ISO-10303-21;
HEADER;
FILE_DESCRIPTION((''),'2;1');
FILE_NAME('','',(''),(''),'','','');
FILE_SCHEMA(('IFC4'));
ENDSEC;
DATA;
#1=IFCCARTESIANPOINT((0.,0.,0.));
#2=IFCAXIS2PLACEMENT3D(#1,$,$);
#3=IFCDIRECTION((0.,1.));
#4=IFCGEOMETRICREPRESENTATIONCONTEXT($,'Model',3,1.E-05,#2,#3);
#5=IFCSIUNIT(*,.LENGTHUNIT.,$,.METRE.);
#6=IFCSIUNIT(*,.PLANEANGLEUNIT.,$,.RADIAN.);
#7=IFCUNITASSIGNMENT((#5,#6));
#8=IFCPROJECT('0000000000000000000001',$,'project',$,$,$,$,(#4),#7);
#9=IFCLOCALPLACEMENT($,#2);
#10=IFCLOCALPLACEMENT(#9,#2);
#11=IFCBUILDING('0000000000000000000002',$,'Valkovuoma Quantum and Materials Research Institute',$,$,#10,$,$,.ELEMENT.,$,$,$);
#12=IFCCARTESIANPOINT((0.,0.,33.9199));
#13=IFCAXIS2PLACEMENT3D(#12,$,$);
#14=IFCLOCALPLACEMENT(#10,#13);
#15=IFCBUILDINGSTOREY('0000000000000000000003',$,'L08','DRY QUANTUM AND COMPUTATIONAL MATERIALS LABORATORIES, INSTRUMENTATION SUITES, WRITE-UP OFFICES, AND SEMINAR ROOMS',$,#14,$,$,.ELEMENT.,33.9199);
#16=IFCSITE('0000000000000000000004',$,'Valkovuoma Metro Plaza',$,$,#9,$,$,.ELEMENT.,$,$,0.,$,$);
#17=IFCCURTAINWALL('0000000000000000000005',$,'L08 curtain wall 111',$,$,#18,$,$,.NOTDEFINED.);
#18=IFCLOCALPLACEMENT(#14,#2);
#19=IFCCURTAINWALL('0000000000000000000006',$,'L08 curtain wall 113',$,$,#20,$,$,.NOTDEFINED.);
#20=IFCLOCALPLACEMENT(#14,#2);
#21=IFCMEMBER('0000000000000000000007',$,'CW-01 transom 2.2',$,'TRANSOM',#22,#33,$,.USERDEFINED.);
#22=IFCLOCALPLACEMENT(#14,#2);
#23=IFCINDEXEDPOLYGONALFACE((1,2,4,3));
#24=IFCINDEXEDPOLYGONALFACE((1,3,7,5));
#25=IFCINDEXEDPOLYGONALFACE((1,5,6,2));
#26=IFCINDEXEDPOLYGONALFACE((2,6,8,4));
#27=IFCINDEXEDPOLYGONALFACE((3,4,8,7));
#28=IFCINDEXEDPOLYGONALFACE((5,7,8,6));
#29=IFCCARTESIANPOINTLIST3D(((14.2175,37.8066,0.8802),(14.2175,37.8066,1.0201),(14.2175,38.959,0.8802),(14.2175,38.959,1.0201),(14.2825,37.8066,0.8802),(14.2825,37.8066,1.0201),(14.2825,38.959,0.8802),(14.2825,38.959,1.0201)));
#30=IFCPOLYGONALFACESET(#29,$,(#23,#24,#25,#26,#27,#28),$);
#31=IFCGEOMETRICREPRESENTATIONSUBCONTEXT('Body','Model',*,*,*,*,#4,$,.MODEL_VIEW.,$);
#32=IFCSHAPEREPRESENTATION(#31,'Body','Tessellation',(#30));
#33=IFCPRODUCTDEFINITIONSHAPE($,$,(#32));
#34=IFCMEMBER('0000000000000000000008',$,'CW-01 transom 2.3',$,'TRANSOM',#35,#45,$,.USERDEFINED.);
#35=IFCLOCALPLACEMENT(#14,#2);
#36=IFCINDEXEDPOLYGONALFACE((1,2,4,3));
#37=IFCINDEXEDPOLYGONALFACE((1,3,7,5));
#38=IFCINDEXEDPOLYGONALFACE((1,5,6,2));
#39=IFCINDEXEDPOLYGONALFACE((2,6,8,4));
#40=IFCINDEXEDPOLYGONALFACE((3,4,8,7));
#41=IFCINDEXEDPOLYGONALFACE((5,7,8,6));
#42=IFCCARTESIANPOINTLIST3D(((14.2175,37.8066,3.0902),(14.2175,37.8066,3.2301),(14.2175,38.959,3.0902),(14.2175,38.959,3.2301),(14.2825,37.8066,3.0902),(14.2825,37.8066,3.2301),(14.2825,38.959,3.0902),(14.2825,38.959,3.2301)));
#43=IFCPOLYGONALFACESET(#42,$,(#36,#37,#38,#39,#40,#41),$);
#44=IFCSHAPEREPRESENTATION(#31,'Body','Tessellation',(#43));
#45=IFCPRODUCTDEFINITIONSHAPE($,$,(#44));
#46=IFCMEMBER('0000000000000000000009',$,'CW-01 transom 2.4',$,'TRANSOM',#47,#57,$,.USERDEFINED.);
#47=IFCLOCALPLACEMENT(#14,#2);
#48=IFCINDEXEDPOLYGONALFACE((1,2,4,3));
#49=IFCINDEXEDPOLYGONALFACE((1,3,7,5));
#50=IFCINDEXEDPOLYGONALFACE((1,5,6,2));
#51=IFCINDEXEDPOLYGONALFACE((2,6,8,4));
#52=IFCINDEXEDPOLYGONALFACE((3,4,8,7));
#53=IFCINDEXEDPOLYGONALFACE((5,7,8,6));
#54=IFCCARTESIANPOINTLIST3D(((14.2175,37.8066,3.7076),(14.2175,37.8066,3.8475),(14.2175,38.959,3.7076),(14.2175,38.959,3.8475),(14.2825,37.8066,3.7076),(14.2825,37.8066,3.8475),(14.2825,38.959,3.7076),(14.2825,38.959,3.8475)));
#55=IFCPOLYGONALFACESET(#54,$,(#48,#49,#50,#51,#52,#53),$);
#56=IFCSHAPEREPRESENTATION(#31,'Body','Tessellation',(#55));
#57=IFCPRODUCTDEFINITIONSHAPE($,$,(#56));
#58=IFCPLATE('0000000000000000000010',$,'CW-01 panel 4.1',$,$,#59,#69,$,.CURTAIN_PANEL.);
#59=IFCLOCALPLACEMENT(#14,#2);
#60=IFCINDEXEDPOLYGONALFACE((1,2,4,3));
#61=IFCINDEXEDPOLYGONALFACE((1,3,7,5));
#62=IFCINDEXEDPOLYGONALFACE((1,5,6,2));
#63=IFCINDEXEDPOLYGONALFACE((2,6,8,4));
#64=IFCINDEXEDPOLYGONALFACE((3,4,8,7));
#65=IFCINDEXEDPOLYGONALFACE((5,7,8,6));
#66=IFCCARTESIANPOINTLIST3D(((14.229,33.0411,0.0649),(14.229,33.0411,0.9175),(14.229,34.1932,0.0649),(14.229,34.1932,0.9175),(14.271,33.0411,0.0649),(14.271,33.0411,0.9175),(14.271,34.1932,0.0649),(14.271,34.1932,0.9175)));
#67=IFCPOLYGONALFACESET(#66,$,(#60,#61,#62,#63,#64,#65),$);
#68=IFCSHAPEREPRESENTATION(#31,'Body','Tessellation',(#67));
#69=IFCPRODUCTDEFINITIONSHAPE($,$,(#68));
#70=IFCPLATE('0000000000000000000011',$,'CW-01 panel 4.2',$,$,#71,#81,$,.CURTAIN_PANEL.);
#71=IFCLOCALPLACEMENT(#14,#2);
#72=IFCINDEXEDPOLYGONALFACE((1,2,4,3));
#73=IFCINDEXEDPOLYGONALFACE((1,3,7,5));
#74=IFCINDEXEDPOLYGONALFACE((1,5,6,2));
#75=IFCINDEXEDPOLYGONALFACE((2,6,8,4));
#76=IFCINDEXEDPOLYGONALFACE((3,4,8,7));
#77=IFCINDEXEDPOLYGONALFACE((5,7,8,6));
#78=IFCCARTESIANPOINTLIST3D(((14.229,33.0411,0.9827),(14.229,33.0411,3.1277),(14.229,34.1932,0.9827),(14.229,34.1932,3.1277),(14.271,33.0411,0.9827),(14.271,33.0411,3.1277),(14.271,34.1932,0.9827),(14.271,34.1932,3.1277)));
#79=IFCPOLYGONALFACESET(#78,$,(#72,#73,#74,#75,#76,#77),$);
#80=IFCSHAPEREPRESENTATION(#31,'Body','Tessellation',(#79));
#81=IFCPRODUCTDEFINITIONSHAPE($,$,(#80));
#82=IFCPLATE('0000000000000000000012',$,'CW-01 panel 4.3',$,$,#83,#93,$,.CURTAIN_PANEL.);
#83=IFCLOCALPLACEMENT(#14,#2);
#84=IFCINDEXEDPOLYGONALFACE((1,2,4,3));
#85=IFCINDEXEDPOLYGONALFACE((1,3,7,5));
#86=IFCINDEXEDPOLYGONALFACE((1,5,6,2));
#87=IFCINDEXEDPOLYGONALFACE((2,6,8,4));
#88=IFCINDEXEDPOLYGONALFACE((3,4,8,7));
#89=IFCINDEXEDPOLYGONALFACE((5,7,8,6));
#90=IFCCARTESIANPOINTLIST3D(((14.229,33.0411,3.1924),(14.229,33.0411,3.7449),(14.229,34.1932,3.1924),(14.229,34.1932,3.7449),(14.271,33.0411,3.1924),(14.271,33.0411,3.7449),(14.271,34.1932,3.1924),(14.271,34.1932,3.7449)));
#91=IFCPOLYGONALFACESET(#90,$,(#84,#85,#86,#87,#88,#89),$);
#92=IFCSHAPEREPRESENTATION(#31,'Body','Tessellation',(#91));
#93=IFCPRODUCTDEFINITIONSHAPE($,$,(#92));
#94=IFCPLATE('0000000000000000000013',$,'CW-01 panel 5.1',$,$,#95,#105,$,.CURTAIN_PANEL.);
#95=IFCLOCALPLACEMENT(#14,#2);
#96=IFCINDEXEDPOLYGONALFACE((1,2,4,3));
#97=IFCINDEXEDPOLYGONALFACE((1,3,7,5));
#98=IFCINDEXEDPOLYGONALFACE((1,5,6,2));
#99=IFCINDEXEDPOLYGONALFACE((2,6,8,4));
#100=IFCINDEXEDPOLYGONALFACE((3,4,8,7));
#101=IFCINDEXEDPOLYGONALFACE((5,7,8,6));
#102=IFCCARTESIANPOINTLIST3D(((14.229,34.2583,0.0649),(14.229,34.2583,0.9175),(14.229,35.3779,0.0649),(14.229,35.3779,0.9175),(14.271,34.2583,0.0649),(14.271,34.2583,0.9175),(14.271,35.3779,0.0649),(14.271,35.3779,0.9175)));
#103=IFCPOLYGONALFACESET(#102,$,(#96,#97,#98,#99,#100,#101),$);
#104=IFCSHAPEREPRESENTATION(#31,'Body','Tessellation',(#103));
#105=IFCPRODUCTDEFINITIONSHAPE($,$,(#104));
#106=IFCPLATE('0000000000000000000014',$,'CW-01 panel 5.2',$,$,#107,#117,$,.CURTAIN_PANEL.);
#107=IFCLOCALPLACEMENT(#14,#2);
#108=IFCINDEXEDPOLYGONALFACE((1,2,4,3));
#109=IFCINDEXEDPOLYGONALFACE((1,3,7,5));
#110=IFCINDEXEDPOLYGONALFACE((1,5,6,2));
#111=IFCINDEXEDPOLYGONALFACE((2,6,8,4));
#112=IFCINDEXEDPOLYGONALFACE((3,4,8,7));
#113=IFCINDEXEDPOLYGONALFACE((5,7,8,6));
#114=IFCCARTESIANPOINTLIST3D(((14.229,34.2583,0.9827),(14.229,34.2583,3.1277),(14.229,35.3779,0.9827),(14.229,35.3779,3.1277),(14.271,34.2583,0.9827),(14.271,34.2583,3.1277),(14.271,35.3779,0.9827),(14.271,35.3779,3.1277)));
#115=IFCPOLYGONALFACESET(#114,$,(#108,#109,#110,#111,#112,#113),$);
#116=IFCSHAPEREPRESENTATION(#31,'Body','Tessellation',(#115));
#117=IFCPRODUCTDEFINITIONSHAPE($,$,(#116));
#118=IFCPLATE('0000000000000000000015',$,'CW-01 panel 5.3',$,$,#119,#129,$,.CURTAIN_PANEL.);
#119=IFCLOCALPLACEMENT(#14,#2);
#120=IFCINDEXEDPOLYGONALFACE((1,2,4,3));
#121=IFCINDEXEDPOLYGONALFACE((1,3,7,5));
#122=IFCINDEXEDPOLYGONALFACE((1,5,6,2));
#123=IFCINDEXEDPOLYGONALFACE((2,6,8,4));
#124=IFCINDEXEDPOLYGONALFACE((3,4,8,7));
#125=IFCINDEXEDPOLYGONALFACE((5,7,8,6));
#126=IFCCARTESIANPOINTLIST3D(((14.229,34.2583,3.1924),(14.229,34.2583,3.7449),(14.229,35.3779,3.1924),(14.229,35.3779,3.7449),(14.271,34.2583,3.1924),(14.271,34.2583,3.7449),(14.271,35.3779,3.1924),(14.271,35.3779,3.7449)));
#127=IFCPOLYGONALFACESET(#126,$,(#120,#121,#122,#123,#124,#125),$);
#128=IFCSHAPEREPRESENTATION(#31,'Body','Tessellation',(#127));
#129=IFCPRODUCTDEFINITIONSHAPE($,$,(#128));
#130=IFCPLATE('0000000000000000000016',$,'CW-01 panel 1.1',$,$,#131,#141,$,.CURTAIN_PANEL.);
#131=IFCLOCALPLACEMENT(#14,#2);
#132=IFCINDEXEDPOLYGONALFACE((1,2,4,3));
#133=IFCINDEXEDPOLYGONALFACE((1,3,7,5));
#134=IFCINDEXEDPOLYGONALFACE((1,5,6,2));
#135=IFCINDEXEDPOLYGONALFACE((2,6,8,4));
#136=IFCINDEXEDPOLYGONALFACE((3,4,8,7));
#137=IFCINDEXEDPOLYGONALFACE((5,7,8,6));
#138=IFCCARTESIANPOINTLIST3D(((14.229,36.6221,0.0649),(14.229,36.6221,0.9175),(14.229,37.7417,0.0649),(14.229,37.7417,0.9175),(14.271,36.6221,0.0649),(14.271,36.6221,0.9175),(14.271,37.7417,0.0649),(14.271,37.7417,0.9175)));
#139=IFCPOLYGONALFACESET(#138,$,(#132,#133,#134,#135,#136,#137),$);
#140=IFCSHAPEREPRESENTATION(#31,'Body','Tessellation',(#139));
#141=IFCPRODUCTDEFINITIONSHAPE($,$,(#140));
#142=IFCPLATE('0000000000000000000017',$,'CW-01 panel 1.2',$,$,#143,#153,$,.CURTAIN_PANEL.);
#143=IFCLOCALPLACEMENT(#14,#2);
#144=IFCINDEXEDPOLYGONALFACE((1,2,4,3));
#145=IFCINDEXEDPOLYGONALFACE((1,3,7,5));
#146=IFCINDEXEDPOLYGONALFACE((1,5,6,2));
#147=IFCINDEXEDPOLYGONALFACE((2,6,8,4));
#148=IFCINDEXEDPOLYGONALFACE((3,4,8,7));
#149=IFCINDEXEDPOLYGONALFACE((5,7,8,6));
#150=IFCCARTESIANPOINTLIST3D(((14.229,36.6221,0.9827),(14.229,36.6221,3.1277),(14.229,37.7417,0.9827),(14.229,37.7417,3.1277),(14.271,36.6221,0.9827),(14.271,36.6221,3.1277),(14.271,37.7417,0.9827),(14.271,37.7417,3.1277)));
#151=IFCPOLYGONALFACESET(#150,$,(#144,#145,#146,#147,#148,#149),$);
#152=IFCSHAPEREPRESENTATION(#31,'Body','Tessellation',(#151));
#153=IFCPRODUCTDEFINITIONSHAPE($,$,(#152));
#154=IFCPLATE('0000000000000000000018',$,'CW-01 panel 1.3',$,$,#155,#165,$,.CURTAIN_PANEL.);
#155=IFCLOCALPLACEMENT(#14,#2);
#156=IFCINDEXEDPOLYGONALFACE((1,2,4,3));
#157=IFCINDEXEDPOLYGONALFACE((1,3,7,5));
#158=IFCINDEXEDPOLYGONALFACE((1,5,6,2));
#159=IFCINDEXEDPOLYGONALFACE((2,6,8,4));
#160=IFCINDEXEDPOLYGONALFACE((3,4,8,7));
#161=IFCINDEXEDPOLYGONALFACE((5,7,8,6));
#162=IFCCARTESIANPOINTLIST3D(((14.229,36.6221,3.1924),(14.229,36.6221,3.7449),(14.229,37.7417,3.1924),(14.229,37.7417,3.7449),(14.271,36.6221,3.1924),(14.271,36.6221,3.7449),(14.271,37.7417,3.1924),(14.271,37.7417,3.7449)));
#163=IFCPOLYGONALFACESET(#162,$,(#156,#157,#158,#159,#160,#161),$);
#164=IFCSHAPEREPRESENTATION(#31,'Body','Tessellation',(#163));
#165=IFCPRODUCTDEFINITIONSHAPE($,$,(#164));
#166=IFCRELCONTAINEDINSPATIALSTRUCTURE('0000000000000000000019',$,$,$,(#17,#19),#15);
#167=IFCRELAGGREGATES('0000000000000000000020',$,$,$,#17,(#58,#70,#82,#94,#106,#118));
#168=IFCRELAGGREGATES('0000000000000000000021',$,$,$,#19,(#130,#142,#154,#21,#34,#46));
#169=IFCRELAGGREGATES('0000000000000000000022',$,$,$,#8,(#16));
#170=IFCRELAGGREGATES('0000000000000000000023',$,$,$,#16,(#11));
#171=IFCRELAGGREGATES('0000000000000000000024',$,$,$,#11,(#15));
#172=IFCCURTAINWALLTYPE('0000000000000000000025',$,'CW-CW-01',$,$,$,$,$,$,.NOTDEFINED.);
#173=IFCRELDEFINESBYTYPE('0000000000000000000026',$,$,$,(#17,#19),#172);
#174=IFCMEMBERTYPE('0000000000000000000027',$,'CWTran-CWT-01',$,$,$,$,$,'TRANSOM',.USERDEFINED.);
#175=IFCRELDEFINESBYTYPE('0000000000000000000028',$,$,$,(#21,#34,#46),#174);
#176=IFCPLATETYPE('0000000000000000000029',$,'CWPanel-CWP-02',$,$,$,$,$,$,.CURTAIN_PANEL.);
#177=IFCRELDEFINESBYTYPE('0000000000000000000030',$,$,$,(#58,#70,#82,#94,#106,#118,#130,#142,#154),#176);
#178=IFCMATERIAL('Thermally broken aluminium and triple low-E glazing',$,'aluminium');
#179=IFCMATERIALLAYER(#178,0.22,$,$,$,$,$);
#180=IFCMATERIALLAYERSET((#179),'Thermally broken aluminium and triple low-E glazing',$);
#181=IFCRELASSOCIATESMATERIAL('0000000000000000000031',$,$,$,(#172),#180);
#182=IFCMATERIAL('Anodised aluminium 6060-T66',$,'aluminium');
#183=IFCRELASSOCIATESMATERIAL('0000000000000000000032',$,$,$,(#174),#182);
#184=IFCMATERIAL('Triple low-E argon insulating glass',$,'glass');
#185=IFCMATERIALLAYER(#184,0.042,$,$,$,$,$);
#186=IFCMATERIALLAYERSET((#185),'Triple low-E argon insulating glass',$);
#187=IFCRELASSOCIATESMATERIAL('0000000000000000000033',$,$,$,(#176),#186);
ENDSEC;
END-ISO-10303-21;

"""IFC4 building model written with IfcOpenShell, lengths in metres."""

from ifc_helpers import new_model, si_unit, direction, frame, origin, origin_2d, place, context, subcontext, project, spatial, rectangle, extrude, material, layer, layer_set, material_profile, profile_set, type_object, element, aggregate, save


model = new_model("IFC4")

# Units and contexts
model_context = context("Model", 3, precision=1e-05, world=origin(), true_north=direction((0.0, 1.0)))
body_context = subcontext(model_context, "Body", "Model", "MODEL_VIEW")
ifc_project = project(units=[si_unit("LENGTHUNIT", "METRE"), si_unit("PLANEANGLEUNIT", "RADIAN")], contexts=[model_context])

# Site, building, storey
site_placement = place(None, origin())
site = spatial("IfcSite", under=ifc_project, at=site_placement, Name="Valkovuoma Metro Plaza", CompositionType="ELEMENT", RefElevation=0.0)
building_placement = place(site_placement, origin())
building = spatial("IfcBuilding", under=site, at=building_placement, Name="Valkovuoma Quantum and Materials Research Institute", CompositionType="ELEMENT")
storey_placement = place(building_placement, frame((0.0, 0.0, 33.9199)))
storey = spatial("IfcBuildingStorey", under=building, at=storey_placement, Name="L08", Description="DRY QUANTUM AND COMPUTATIONAL MATERIALS LABORATORIES, INSTRUMENTATION SUITES, WRITE-UP OFFICES, AND SEMINAR ROOMS", CompositionType="ELEMENT", Elevation=33.9199)

# Curtain walls
ifc_material_1 = material(Name="Thermally broken aluminium and triple low-E glazing", Category="aluminium")
ifc_layer_1 = layer(ifc_material_1, 0.22)
ifc_layer_set_1 = layer_set([ifc_layer_1], Name="Thermally broken aluminium and triple low-E glazing")
curtain_wall_type = type_object("IfcCurtainWallType", Name="CW-CW-01", PredefinedType="NOTDEFINED", material=ifc_layer_set_1)
curtain_wall_1_placement = place(storey_placement, origin())
curtain_wall_1 = element("IfcCurtainWall", 1, at=curtain_wall_1_placement, inside=storey, type_object=curtain_wall_type, Name="L08 curtain wall 111", PredefinedType="NOTDEFINED")
curtain_wall_2_placement = place(storey_placement, origin())
curtain_wall_2 = element("IfcCurtainWall", 2, at=curtain_wall_2_placement, inside=storey, type_object=curtain_wall_type, Name="L08 curtain wall 113", PredefinedType="NOTDEFINED")

# Members
ifc_material_2 = material(Name="Anodised aluminium 6060-T66", Category="aluminium")
ifc_material_profile_1 = material_profile(ifc_material_2, rectangle(XDim=0.0649, YDim=0.1399, at=origin_2d()), Name="Anodised aluminium 6060-T66")
ifc_profile_set_1 = profile_set([ifc_material_profile_1], Name="Anodised aluminium 6060-T66")
member_type_1 = type_object("IfcMemberType", Name="CWTran-CWT-01", ElementType="TRANSOM", PredefinedType="USERDEFINED", material=ifc_profile_set_1)
member_1_placement = place(storey_placement, frame((14.25, 37.8066, 0.9502), z_axis=(0.0, 1.0, 0.0), x_axis=(-1.0, 0.0, 0.0)))
member_1 = element("IfcMember", 3, at=member_1_placement, type_object=member_type_1, Name="CW-01 transom 2.2", ObjectType="TRANSOM", PredefinedType="USERDEFINED", context=body_context, shape_type="SweptSolid", body=[
    extrude(rectangle(XDim=0.0649, YDim=0.1399, at=origin_2d()), origin(), (0.0, 0.0, 1.0), 1.1523),
])
member_2_placement = place(storey_placement, frame((14.25, 37.8066, 3.1602), z_axis=(0.0, 1.0, 0.0), x_axis=(-1.0, 0.0, 0.0)))
member_2 = element("IfcMember", 4, at=member_2_placement, type_object=member_type_1, Name="CW-01 transom 2.3", ObjectType="TRANSOM", PredefinedType="USERDEFINED", context=body_context, shape_type="SweptSolid", body=[
    extrude(rectangle(XDim=0.0649, YDim=0.1399, at=origin_2d()), origin(), (0.0, 0.0, 1.0), 1.1523),
])
member_3_placement = place(storey_placement, frame((14.25, 37.8066, 3.7776), z_axis=(0.0, 1.0, 0.0), x_axis=(-1.0, 0.0, 0.0)))
member_3 = element("IfcMember", 5, at=member_3_placement, type_object=member_type_1, Name="CW-01 transom 2.4", ObjectType="TRANSOM", PredefinedType="USERDEFINED", context=body_context, shape_type="SweptSolid", body=[
    extrude(rectangle(XDim=0.0649, YDim=0.1399, at=origin_2d()), origin(), (0.0, 0.0, 1.0), 1.1523),
])

# Plates
ifc_material_3 = material(Name="Triple low-E argon insulating glass", Category="glass")
ifc_layer_2 = layer(ifc_material_3, 0.042)
ifc_layer_set_2 = layer_set([ifc_layer_2], Name="Triple low-E argon insulating glass")
plate_type = type_object("IfcPlateType", Name="CWPanel-CWP-02", PredefinedType="CURTAIN_PANEL", material=ifc_layer_set_2)
plate_1_placement = place(storey_placement, frame((14.25, 33.6172, 0.0649), z_axis=(0.0, 0.0, 1.0), x_axis=(0.0, 1.0, 0.0)))
plate_1 = element("IfcPlate", 6, at=plate_1_placement, type_object=plate_type, Name="CW-01 panel 4.1", PredefinedType="CURTAIN_PANEL", context=body_context, shape_type="SweptSolid", body=[
    extrude(rectangle(XDim=1.1521, YDim=0.042, at=origin_2d()), origin(), (0.0, 0.0, 1.0), 0.8525),
])
plate_2_placement = place(storey_placement, frame((14.25, 33.6172, 0.9827), z_axis=(0.0, 0.0, 1.0), x_axis=(0.0, 1.0, 0.0)))
plate_2 = element("IfcPlate", 7, at=plate_2_placement, type_object=plate_type, Name="CW-01 panel 4.2", PredefinedType="CURTAIN_PANEL", context=body_context, shape_type="SweptSolid", body=[
    extrude(rectangle(XDim=1.1521, YDim=0.042, at=origin_2d()), origin(), (0.0, 0.0, 1.0), 2.145),
])
plate_3_placement = place(storey_placement, frame((14.25, 33.6172, 3.1924), z_axis=(0.0, 0.0, 1.0), x_axis=(0.0, 1.0, 0.0)))
plate_3 = element("IfcPlate", 8, at=plate_3_placement, type_object=plate_type, Name="CW-01 panel 4.3", PredefinedType="CURTAIN_PANEL", context=body_context, shape_type="SweptSolid", body=[
    extrude(rectangle(XDim=1.1521, YDim=0.042, at=origin_2d()), origin(), (0.0, 0.0, 1.0), 0.5525),
])
plate_4_placement = place(storey_placement, frame((14.25, 34.8181, 0.0649), z_axis=(0.0, 0.0, 1.0), x_axis=(0.0, 1.0, 0.0)))
plate_4 = element("IfcPlate", 9, at=plate_4_placement, type_object=plate_type, Name="CW-01 panel 5.1", PredefinedType="CURTAIN_PANEL", context=body_context, shape_type="SweptSolid", body=[
    extrude(rectangle(XDim=1.1196, YDim=0.042, at=origin_2d()), origin(), (0.0, 0.0, 1.0), 0.8525),
])
plate_5_placement = place(storey_placement, frame((14.25, 34.8181, 0.9827), z_axis=(0.0, 0.0, 1.0), x_axis=(0.0, 1.0, 0.0)))
plate_5 = element("IfcPlate", 10, at=plate_5_placement, type_object=plate_type, Name="CW-01 panel 5.2", PredefinedType="CURTAIN_PANEL", context=body_context, shape_type="SweptSolid", body=[
    extrude(rectangle(XDim=1.1196, YDim=0.042, at=origin_2d()), origin(), (0.0, 0.0, 1.0), 2.145),
])
plate_6_placement = place(storey_placement, frame((14.25, 34.8181, 3.1924), z_axis=(0.0, 0.0, 1.0), x_axis=(0.0, 1.0, 0.0)))
plate_6 = element("IfcPlate", 11, at=plate_6_placement, type_object=plate_type, Name="CW-01 panel 5.3", PredefinedType="CURTAIN_PANEL", context=body_context, shape_type="SweptSolid", body=[
    extrude(rectangle(XDim=1.1196, YDim=0.042, at=origin_2d()), origin(), (0.0, 0.0, 1.0), 0.5525),
])
aggregate(curtain_wall_1, [plate_1, plate_2, plate_3, plate_4, plate_5, plate_6])
plate_7_placement = place(storey_placement, frame((14.25, 37.1819, 0.0649), z_axis=(0.0, 0.0, 1.0), x_axis=(0.0, 1.0, 0.0)))
plate_7 = element("IfcPlate", 12, at=plate_7_placement, type_object=plate_type, Name="CW-01 panel 1.1", PredefinedType="CURTAIN_PANEL", context=body_context, shape_type="SweptSolid", body=[
    extrude(rectangle(XDim=1.1196, YDim=0.042, at=origin_2d()), origin(), (0.0, 0.0, 1.0), 0.8525),
])
plate_8_placement = place(storey_placement, frame((14.25, 37.1819, 0.9827), z_axis=(0.0, 0.0, 1.0), x_axis=(0.0, 1.0, 0.0)))
plate_8 = element("IfcPlate", 13, at=plate_8_placement, type_object=plate_type, Name="CW-01 panel 1.2", PredefinedType="CURTAIN_PANEL", context=body_context, shape_type="SweptSolid", body=[
    extrude(rectangle(XDim=1.1196, YDim=0.042, at=origin_2d()), origin(), (0.0, 0.0, 1.0), 2.145),
])
plate_9_placement = place(storey_placement, frame((14.25, 37.1819, 3.1924), z_axis=(0.0, 0.0, 1.0), x_axis=(0.0, 1.0, 0.0)))
plate_9 = element("IfcPlate", 14, at=plate_9_placement, type_object=plate_type, Name="CW-01 panel 1.3", PredefinedType="CURTAIN_PANEL", context=body_context, shape_type="SweptSolid", body=[
    extrude(rectangle(XDim=1.1196, YDim=0.042, at=origin_2d()), origin(), (0.0, 0.0, 1.0), 0.5525),
])
aggregate(curtain_wall_2, [plate_7, plate_8, plate_9, member_1, member_2, member_3])

save(model, "model.ifc")
